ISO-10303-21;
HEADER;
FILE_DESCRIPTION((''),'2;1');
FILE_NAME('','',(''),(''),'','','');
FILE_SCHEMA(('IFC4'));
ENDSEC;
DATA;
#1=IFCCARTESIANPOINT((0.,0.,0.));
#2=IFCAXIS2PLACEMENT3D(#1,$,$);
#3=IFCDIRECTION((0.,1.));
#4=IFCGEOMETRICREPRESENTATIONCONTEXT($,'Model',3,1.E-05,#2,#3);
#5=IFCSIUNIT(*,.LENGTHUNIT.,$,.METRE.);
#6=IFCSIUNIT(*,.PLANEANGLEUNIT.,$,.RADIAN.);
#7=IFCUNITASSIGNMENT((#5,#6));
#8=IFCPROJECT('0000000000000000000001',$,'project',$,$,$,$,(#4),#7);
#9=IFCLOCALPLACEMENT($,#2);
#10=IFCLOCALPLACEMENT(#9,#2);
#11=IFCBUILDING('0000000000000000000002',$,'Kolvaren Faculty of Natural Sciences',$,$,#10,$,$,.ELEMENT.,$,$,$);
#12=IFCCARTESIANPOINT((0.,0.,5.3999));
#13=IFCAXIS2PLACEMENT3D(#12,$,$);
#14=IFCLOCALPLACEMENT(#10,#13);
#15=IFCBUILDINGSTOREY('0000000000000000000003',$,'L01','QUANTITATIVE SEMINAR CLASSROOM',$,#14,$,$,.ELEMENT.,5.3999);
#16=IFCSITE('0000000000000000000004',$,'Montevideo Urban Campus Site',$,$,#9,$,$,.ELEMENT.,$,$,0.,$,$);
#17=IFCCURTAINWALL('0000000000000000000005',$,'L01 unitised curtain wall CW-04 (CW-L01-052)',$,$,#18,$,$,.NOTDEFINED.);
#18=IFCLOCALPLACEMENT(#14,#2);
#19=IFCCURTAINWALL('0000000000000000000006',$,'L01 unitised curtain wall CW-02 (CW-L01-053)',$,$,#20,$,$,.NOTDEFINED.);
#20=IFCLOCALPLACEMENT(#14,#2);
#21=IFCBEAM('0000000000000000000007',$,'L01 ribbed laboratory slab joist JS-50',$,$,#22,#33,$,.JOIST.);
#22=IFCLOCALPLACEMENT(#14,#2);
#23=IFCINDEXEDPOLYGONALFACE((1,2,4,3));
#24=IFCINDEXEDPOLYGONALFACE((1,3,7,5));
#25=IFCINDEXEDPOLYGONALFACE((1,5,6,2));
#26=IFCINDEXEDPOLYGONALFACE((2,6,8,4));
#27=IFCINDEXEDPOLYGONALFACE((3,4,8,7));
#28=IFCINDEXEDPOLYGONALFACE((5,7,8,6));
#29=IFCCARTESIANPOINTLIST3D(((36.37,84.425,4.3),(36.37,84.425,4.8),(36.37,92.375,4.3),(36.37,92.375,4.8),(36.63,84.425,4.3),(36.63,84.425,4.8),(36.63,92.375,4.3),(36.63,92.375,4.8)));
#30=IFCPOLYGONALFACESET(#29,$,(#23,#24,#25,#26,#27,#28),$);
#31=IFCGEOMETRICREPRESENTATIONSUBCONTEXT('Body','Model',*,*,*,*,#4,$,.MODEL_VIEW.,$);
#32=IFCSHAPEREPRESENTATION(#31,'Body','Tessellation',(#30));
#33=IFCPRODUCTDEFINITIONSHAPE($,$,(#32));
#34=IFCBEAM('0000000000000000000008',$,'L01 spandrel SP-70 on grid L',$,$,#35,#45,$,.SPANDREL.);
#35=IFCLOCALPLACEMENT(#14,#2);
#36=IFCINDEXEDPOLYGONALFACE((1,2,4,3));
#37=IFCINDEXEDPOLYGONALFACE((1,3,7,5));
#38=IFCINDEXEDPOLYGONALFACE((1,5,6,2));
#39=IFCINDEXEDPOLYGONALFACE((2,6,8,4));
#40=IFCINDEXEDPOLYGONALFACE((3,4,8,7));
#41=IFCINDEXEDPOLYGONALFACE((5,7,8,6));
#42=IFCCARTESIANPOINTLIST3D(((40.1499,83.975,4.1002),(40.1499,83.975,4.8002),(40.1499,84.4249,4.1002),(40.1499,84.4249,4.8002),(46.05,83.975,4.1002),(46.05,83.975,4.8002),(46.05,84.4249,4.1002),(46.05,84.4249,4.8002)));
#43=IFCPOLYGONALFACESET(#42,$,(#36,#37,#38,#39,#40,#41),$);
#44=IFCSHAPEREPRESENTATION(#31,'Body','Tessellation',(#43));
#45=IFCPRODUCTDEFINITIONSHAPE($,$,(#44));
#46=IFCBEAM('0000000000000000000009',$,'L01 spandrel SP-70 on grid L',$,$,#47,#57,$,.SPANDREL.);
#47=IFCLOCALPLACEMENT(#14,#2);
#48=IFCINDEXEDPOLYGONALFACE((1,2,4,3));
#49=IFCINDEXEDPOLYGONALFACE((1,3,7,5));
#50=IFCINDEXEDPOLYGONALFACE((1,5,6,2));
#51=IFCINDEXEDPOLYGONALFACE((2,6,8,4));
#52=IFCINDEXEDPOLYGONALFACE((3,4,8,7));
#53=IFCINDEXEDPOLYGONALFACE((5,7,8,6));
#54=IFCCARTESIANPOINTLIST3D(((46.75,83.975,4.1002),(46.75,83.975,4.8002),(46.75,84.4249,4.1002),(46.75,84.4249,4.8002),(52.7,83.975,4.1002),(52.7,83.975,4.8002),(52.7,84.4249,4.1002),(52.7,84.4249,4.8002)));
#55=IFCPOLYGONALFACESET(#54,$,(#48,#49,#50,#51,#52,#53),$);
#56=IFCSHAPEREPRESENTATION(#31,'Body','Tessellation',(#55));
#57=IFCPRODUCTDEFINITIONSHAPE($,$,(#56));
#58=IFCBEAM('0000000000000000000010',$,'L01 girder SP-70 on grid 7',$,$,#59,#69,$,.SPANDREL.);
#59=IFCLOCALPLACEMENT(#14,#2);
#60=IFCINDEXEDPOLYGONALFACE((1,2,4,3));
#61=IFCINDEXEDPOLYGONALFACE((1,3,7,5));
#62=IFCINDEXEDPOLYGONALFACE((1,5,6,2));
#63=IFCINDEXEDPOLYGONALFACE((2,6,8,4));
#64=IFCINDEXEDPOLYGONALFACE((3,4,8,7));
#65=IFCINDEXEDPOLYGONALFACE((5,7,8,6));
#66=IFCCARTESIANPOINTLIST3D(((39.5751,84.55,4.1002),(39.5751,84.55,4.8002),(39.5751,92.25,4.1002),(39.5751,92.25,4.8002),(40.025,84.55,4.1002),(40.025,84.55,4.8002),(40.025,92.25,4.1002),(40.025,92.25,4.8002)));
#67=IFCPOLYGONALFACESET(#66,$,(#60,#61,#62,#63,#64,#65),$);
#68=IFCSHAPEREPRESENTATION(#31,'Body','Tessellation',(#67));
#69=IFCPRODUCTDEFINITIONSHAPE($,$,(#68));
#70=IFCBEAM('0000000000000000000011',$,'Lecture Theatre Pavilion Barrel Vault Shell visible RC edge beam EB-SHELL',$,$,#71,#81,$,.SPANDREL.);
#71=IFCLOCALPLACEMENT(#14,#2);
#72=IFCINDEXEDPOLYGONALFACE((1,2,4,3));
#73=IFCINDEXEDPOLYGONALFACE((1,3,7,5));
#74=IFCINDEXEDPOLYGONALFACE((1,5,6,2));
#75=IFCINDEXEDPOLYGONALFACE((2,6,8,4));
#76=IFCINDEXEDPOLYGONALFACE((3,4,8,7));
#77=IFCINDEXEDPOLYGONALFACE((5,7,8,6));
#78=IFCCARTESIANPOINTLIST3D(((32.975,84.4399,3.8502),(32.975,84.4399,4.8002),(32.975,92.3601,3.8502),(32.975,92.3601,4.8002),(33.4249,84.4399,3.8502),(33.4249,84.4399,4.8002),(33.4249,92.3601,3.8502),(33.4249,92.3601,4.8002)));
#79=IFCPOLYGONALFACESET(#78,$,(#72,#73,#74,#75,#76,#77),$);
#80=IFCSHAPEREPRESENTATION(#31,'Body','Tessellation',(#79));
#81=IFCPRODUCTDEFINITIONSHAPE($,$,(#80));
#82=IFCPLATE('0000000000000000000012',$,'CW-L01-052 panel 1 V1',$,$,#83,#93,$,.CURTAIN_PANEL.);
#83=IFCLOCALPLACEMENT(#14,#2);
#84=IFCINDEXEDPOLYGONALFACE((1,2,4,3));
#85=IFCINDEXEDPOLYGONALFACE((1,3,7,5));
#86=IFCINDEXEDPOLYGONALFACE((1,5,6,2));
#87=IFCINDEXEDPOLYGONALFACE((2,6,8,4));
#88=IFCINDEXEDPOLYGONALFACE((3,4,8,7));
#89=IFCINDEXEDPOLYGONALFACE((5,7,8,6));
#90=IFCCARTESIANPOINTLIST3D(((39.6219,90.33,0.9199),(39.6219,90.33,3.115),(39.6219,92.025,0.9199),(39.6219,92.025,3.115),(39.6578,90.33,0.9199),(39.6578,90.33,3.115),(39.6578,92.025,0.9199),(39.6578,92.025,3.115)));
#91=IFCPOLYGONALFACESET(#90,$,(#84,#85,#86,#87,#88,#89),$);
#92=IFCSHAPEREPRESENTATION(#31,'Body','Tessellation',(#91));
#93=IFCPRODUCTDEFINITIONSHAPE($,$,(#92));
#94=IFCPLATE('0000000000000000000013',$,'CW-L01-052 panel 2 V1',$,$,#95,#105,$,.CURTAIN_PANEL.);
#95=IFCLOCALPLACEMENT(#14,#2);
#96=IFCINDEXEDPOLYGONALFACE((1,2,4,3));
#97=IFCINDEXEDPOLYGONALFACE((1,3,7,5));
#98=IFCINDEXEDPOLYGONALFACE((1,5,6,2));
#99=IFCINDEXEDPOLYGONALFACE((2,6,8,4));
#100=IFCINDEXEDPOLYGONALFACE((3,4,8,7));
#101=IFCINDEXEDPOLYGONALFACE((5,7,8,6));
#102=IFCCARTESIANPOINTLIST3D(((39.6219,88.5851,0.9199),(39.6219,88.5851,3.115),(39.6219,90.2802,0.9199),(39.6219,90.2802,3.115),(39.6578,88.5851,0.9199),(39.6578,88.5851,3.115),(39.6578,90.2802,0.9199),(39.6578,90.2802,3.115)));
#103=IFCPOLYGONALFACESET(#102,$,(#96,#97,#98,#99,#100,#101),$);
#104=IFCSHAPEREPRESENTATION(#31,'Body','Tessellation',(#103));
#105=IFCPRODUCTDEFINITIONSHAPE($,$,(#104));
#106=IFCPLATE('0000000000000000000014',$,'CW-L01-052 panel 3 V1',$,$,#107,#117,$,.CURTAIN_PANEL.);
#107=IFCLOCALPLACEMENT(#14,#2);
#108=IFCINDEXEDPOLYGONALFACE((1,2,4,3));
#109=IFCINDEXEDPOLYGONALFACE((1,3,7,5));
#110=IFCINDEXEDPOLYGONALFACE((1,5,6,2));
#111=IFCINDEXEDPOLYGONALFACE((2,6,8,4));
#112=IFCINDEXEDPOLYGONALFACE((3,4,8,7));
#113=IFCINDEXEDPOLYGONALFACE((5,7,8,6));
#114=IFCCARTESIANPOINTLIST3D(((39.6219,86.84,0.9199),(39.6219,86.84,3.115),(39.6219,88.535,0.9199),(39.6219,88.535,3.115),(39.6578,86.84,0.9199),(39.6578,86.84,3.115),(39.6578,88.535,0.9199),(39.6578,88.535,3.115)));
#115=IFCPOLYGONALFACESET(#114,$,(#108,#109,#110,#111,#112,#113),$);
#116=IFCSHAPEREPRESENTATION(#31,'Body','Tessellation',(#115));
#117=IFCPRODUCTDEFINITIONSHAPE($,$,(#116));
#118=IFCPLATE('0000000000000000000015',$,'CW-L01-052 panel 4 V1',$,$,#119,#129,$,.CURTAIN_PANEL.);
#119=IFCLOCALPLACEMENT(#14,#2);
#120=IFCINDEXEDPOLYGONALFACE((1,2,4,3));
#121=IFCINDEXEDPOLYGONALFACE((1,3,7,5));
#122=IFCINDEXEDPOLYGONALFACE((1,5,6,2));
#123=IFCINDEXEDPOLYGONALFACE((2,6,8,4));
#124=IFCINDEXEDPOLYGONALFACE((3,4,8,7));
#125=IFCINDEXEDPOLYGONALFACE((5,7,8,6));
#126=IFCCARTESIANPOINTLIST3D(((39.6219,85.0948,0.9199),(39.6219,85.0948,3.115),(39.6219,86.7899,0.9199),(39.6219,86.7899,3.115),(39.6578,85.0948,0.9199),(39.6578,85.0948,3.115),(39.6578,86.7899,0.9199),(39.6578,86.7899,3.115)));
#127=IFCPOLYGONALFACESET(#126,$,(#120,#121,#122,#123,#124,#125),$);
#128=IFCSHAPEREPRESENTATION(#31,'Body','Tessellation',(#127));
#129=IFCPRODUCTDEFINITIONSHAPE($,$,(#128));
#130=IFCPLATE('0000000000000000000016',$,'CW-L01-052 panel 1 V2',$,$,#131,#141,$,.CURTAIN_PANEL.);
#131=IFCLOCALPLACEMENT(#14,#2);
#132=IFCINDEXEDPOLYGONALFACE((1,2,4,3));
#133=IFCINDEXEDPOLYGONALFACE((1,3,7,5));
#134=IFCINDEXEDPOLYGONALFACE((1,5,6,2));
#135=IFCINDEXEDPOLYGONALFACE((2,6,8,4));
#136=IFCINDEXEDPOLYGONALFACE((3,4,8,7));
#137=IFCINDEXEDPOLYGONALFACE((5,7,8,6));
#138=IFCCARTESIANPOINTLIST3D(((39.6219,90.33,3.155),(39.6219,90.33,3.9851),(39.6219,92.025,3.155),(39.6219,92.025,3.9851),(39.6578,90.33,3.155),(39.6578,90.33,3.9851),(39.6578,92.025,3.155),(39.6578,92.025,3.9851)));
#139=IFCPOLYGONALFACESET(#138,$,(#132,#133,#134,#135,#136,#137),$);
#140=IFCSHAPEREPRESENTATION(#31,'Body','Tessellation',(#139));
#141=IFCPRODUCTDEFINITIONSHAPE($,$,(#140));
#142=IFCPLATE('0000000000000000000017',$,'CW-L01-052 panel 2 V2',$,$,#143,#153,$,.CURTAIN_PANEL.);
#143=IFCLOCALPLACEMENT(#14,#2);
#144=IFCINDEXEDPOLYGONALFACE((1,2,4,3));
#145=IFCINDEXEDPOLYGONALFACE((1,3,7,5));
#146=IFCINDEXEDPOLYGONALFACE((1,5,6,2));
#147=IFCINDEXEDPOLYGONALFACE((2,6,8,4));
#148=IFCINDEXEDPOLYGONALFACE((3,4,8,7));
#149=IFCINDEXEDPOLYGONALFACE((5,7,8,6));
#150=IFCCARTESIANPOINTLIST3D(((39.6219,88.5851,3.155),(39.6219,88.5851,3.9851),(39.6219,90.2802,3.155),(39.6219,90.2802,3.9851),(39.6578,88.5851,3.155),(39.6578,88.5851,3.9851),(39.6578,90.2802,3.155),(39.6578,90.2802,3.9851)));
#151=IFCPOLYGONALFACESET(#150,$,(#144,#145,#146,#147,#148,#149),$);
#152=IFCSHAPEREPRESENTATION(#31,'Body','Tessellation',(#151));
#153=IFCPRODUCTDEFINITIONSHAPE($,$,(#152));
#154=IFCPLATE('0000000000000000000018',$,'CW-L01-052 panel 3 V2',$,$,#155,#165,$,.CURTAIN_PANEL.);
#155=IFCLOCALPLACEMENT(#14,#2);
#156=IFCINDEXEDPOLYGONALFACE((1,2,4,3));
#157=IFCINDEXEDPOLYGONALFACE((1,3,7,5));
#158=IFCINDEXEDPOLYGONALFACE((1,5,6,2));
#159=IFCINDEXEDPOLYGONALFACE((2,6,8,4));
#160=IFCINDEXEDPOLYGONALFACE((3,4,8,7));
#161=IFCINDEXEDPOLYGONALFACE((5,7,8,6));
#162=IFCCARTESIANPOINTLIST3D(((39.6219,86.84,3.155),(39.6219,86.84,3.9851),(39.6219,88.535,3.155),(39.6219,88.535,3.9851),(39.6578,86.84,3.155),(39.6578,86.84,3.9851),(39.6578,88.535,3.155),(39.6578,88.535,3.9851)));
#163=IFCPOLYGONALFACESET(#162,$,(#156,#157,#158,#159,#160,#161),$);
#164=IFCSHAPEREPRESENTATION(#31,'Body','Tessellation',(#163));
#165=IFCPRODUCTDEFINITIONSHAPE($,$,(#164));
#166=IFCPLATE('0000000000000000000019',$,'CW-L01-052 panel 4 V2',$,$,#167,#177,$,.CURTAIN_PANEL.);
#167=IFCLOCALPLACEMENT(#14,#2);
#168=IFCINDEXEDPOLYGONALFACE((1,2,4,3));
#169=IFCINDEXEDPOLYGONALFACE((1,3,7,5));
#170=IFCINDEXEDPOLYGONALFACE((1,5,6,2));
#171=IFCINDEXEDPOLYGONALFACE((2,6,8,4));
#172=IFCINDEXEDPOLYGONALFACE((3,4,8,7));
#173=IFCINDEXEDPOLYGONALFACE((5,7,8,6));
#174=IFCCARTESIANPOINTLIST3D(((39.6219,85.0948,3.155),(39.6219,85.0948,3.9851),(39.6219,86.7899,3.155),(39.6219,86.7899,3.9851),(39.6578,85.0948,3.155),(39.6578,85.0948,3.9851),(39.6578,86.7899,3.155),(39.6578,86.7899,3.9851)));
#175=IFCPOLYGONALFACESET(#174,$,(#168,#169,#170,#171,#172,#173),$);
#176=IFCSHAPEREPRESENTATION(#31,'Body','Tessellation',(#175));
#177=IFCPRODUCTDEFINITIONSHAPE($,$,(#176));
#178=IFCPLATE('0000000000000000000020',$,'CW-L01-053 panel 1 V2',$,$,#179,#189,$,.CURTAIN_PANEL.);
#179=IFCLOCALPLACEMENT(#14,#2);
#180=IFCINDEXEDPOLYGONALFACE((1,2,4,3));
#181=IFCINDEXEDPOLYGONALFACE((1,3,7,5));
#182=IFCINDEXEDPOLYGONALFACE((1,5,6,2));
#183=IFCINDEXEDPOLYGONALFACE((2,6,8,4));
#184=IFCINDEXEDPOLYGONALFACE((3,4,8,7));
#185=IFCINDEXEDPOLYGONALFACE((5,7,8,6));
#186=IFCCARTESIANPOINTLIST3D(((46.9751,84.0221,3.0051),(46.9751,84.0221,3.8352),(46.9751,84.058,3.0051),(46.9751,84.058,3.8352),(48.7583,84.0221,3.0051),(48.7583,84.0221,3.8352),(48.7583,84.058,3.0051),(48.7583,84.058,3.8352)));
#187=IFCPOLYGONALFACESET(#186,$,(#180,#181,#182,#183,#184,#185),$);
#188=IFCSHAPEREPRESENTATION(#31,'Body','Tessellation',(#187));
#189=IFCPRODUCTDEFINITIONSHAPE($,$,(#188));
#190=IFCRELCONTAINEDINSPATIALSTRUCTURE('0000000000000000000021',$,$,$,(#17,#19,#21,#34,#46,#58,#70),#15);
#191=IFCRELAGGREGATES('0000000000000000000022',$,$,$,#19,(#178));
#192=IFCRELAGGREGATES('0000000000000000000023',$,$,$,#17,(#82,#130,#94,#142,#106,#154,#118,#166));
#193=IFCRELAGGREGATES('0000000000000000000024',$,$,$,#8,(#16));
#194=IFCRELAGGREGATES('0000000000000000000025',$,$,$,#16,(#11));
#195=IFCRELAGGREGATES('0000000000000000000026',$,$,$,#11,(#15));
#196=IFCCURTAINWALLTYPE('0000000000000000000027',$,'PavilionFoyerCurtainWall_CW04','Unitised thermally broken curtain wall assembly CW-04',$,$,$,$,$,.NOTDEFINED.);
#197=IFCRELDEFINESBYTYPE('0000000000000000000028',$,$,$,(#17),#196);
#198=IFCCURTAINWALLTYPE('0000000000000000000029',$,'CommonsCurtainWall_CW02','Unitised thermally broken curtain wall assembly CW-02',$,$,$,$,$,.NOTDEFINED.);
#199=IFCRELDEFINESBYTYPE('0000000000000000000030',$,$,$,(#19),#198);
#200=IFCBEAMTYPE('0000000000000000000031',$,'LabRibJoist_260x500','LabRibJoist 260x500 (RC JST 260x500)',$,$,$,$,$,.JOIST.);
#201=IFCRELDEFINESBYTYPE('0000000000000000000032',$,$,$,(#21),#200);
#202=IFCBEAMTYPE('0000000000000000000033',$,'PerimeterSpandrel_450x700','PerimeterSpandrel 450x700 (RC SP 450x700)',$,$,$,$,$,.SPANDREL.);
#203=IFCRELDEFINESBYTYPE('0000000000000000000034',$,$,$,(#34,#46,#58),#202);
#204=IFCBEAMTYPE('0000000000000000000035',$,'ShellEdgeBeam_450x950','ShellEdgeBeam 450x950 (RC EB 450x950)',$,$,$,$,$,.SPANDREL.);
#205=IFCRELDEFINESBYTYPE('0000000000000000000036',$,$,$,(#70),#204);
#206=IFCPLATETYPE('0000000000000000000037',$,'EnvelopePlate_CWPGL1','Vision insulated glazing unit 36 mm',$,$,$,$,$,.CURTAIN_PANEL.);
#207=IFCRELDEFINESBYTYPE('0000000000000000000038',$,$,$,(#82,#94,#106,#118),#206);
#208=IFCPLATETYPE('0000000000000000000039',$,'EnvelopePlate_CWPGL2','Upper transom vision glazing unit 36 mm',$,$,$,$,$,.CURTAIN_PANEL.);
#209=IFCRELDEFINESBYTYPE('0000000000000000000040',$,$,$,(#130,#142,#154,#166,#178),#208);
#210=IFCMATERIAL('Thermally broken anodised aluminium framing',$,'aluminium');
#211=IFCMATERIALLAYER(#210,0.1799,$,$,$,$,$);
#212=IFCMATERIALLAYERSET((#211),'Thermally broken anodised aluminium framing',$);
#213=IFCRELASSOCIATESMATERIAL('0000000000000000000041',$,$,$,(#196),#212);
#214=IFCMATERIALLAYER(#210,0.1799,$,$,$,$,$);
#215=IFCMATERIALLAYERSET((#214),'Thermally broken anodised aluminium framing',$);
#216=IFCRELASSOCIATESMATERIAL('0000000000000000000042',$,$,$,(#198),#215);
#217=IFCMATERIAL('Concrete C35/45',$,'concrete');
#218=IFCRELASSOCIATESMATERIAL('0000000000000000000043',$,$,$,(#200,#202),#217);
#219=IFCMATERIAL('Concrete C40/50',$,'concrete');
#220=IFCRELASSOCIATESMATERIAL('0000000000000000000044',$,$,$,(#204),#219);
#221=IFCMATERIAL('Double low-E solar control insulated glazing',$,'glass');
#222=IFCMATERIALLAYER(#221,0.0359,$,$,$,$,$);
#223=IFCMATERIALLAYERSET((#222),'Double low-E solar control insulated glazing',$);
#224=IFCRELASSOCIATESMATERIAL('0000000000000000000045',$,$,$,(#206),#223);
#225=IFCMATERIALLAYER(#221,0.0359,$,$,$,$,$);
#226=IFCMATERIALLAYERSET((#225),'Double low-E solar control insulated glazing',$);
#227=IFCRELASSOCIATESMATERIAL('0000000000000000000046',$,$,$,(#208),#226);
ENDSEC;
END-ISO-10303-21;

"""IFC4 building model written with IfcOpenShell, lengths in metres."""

from ifc_helpers import new_model, si_unit, direction, frame, origin, origin_2d, place, context, subcontext, project, spatial, rectangle, extrude, material, layer, layer_set, material_profile, profile_set, type_object, element, aggregate, save


model = new_model("IFC4")

# Units and contexts
model_context = context("Model", 3, precision=1e-05, world=origin(), true_north=direction((0.0, 1.0)))
body_context = subcontext(model_context, "Body", "Model", "MODEL_VIEW")
ifc_project = project(units=[si_unit("LENGTHUNIT", "METRE"), si_unit("PLANEANGLEUNIT", "RADIAN")], contexts=[model_context])

# Site, building, storey
site_placement = place(None, origin())
site = spatial("IfcSite", under=ifc_project, at=site_placement, Name="Montevideo Urban Campus Site", CompositionType="ELEMENT", RefElevation=0.0)
building_placement = place(site_placement, origin())
building = spatial("IfcBuilding", under=site, at=building_placement, Name="Kolvaren Faculty of Natural Sciences", CompositionType="ELEMENT")
storey_placement = place(building_placement, frame((0.0, 0.0, 5.3999)))
storey = spatial("IfcBuildingStorey", under=building, at=storey_placement, Name="L01", Description="QUANTITATIVE SEMINAR CLASSROOM", CompositionType="ELEMENT", Elevation=5.3999)

# Shared definitions
ifc_material_1 = material(Name="Concrete C40/50", Category="concrete")

# Curtain wall
ifc_material_2 = material(Name="Thermally broken anodised aluminium framing", Category="aluminium")
ifc_layer_1 = layer(ifc_material_2, 0.1799)
ifc_layer_set_1 = layer_set([ifc_layer_1], Name="Thermally broken anodised aluminium framing")
curtain_wall_type_1 = type_object("IfcCurtainWallType", Name="PavilionFoyerCurtainWall_CW04", Description="Unitised thermally broken curtain wall assembly CW-04", PredefinedType="NOTDEFINED", material=ifc_layer_set_1)
curtain_wall_1_placement = place(storey_placement, origin())
curtain_wall_1 = element("IfcCurtainWall", 1, at=curtain_wall_1_placement, inside=storey, type_object=curtain_wall_type_1, Name="L01 unitised curtain wall CW-04 (CW-L01-052)", PredefinedType="NOTDEFINED")

# Curtain wall
ifc_layer_2 = layer(ifc_material_2, 0.1799)
ifc_layer_set_2 = layer_set([ifc_layer_2], Name="Thermally broken anodised aluminium framing")
curtain_wall_type_2 = type_object("IfcCurtainWallType", Name="CommonsCurtainWall_CW02", Description="Unitised thermally broken curtain wall assembly CW-02", PredefinedType="NOTDEFINED", material=ifc_layer_set_2)
curtain_wall_2_placement = place(storey_placement, origin())
curtain_wall_2 = element("IfcCurtainWall", 2, at=curtain_wall_2_placement, inside=storey, type_object=curtain_wall_type_2, Name="L01 unitised curtain wall CW-02 (CW-L01-053)", PredefinedType="NOTDEFINED")

# Beams
ifc_material_3 = material(Name="Concrete C35/45", Category="concrete")
ifc_material_profile_1 = material_profile(ifc_material_3, rectangle(XDim=0.26, YDim=0.5, at=origin_2d()), Name="RC JST 260x500")
ifc_profile_set_1 = profile_set([ifc_material_profile_1], Name="Concrete C35/45")
beam_type_1 = type_object("IfcBeamType", Name="LabRibJoist_260x500", Description="LabRibJoist 260x500 (RC JST 260x500)", PredefinedType="JOIST", material=ifc_profile_set_1)
beam_1_placement = place(storey_placement, frame((36.5, 84.425, 4.55), z_axis=(0.0, 1.0, 0.0), x_axis=(-1.0, 0.0, 0.0)))
element("IfcBeam", 3, at=beam_1_placement, inside=storey, type_object=beam_type_1, Name="L01 ribbed laboratory slab joist JS-50", PredefinedType="JOIST", context=body_context, shape_type="SweptSolid", body=[
    extrude(rectangle(XDim=0.26, YDim=0.5, at=origin_2d()), origin(), (0.0, 0.0, 1.0), 7.95),
])
ifc_material_profile_2 = material_profile(ifc_material_3, rectangle(XDim=0.45, YDim=0.7, at=origin_2d()), Name="RC SP 450x700")
ifc_profile_set_2 = profile_set([ifc_material_profile_2], Name="Concrete C35/45")
beam_type_2 = type_object("IfcBeamType", Name="PerimeterSpandrel_450x700", Description="PerimeterSpandrel 450x700 (RC SP 450x700)", PredefinedType="SPANDREL", material=ifc_profile_set_2)
beam_2_placement = place(storey_placement, frame((40.1499, 84.2, 4.4502), z_axis=(1.0, 0.0, 0.0), x_axis=(0.0, 1.0, 0.0)))
element("IfcBeam", 4, at=beam_2_placement, inside=storey, type_object=beam_type_2, Name="L01 spandrel SP-70 on grid L", PredefinedType="SPANDREL", context=body_context, shape_type="SweptSolid", body=[
    extrude(rectangle(XDim=0.45, YDim=0.7, at=origin_2d()), origin(), (0.0, 0.0, 1.0), 5.9001),
])
beam_3_placement = place(storey_placement, frame((46.75, 84.2, 4.4502), z_axis=(1.0, 0.0, 0.0), x_axis=(0.0, 1.0, 0.0)))
element("IfcBeam", 5, at=beam_3_placement, inside=storey, type_object=beam_type_2, Name="L01 spandrel SP-70 on grid L", PredefinedType="SPANDREL", context=body_context, shape_type="SweptSolid", body=[
    extrude(rectangle(XDim=0.45, YDim=0.7, at=origin_2d()), origin(), (0.0, 0.0, 1.0), 5.95),
])
beam_4_placement = place(storey_placement, frame((39.8, 84.55, 4.4502), z_axis=(0.0, 1.0, 0.0), x_axis=(-1.0, 0.0, 0.0)))
element("IfcBeam", 6, at=beam_4_placement, inside=storey, type_object=beam_type_2, Name="L01 girder SP-70 on grid 7", PredefinedType="SPANDREL", context=body_context, shape_type="SweptSolid", body=[
    extrude(rectangle(XDim=0.45, YDim=0.7, at=origin_2d()), origin(), (0.0, 0.0, 1.0), 7.7),
])
ifc_material_profile_3 = material_profile(ifc_material_1, rectangle(XDim=0.45, YDim=0.95, at=origin_2d()), Name="RC EB 450x950")
ifc_profile_set_3 = profile_set([ifc_material_profile_3], Name="Concrete C40/50")
beam_type_3 = type_object("IfcBeamType", Name="ShellEdgeBeam_450x950", Description="ShellEdgeBeam 450x950 (RC EB 450x950)", PredefinedType="SPANDREL", material=ifc_profile_set_3)
beam_5_placement = place(storey_placement, frame((33.2, 84.4399, 4.3252), z_axis=(0.0, 1.0, 0.0), x_axis=(-1.0, 0.0, 0.0)))
element("IfcBeam", 7, at=beam_5_placement, inside=storey, type_object=beam_type_3, Name="Lecture Theatre Pavilion Barrel Vault Shell visible RC edge beam EB-SHELL", PredefinedType="SPANDREL", context=body_context, shape_type="SweptSolid", body=[
    extrude(rectangle(XDim=0.45, YDim=0.95, at=origin_2d()), origin(), (0.0, 0.0, 1.0), 7.9202),
])

# Plates
ifc_material_4 = material(Name="Double low-E solar control insulated glazing", Category="glass")
ifc_layer_3 = layer(ifc_material_4, 0.0359)
ifc_layer_set_3 = layer_set([ifc_layer_3], Name="Double low-E solar control insulated glazing")
plate_type_1 = type_object("IfcPlateType", Name="EnvelopePlate_CWPGL1", Description="Vision insulated glazing unit 36 mm", PredefinedType="CURTAIN_PANEL", material=ifc_layer_set_3)
plate_1_placement = place(storey_placement, frame((39.6399, 91.1775, 0.9199), z_axis=(0.0, 0.0, 1.0), x_axis=(0.0, -1.0, 0.0)))
plate_1 = element("IfcPlate", 8, at=plate_1_placement, type_object=plate_type_1, Name="CW-L01-052 panel 1 V1", PredefinedType="CURTAIN_PANEL", context=body_context, shape_type="SweptSolid", body=[
    extrude(rectangle(XDim=1.6951, YDim=0.0359, at=origin_2d()), origin(), (0.0, 0.0, 1.0), 2.1951),
])
plate_2_placement = place(storey_placement, frame((39.6399, 89.4326, 0.9199), z_axis=(0.0, 0.0, 1.0), x_axis=(0.0, -1.0, 0.0)))
plate_2 = element("IfcPlate", 9, at=plate_2_placement, type_object=plate_type_1, Name="CW-L01-052 panel 2 V1", PredefinedType="CURTAIN_PANEL", context=body_context, shape_type="SweptSolid", body=[
    extrude(rectangle(XDim=1.6951, YDim=0.0359, at=origin_2d()), origin(), (0.0, 0.0, 1.0), 2.1951),
])
plate_3_placement = place(storey_placement, frame((39.6399, 87.6875, 0.9199), z_axis=(0.0, 0.0, 1.0), x_axis=(0.0, -1.0, 0.0)))
plate_3 = element("IfcPlate", 10, at=plate_3_placement, type_object=plate_type_1, Name="CW-L01-052 panel 3 V1", PredefinedType="CURTAIN_PANEL", context=body_context, shape_type="SweptSolid", body=[
    extrude(rectangle(XDim=1.6951, YDim=0.0359, at=origin_2d()), origin(), (0.0, 0.0, 1.0), 2.1951),
])
plate_4_placement = place(storey_placement, frame((39.6399, 85.9424, 0.9199), z_axis=(0.0, 0.0, 1.0), x_axis=(0.0, -1.0, 0.0)))
plate_4 = element("IfcPlate", 11, at=plate_4_placement, type_object=plate_type_1, Name="CW-L01-052 panel 4 V1", PredefinedType="CURTAIN_PANEL", context=body_context, shape_type="SweptSolid", body=[
    extrude(rectangle(XDim=1.6951, YDim=0.0359, at=origin_2d()), origin(), (0.0, 0.0, 1.0), 2.1951),
])
ifc_layer_4 = layer(ifc_material_4, 0.0359)
ifc_layer_set_4 = layer_set([ifc_layer_4], Name="Double low-E solar control insulated glazing")
plate_type_2 = type_object("IfcPlateType", Name="EnvelopePlate_CWPGL2", Description="Upper transom vision glazing unit 36 mm", PredefinedType="CURTAIN_PANEL", material=ifc_layer_set_4)
plate_5_placement = place(storey_placement, frame((39.6399, 91.1775, 3.155), z_axis=(0.0, 0.0, 1.0), x_axis=(0.0, -1.0, 0.0)))
plate_5 = element("IfcPlate", 12, at=plate_5_placement, type_object=plate_type_2, Name="CW-L01-052 panel 1 V2", PredefinedType="CURTAIN_PANEL", context=body_context, shape_type="SweptSolid", body=[
    extrude(rectangle(XDim=1.6951, YDim=0.0359, at=origin_2d()), origin(), (0.0, 0.0, 1.0), 0.8301),
])
plate_6_placement = place(storey_placement, frame((39.6399, 89.4326, 3.155), z_axis=(0.0, 0.0, 1.0), x_axis=(0.0, -1.0, 0.0)))
plate_6 = element("IfcPlate", 13, at=plate_6_placement, type_object=plate_type_2, Name="CW-L01-052 panel 2 V2", PredefinedType="CURTAIN_PANEL", context=body_context, shape_type="SweptSolid", body=[
    extrude(rectangle(XDim=1.6951, YDim=0.0359, at=origin_2d()), origin(), (0.0, 0.0, 1.0), 0.8301),
])
plate_7_placement = place(storey_placement, frame((39.6399, 87.6875, 3.155), z_axis=(0.0, 0.0, 1.0), x_axis=(0.0, -1.0, 0.0)))
plate_7 = element("IfcPlate", 14, at=plate_7_placement, type_object=plate_type_2, Name="CW-L01-052 panel 3 V2", PredefinedType="CURTAIN_PANEL", context=body_context, shape_type="SweptSolid", body=[
    extrude(rectangle(XDim=1.6951, YDim=0.0359, at=origin_2d()), origin(), (0.0, 0.0, 1.0), 0.8301),
])
plate_8_placement = place(storey_placement, frame((39.6399, 85.9424, 3.155), z_axis=(0.0, 0.0, 1.0), x_axis=(0.0, -1.0, 0.0)))
plate_8 = element("IfcPlate", 15, at=plate_8_placement, type_object=plate_type_2, Name="CW-L01-052 panel 4 V2", PredefinedType="CURTAIN_PANEL", context=body_context, shape_type="SweptSolid", body=[
    extrude(rectangle(XDim=1.6951, YDim=0.0359, at=origin_2d()), origin(), (0.0, 0.0, 1.0), 0.8301),
])
plate_9_placement = place(storey_placement, frame((47.8667, 84.04, 3.0051), z_axis=(0.0, 0.0, 1.0), x_axis=(1.0, 0.0, 0.0)))
plate_9 = element("IfcPlate", 16, at=plate_9_placement, type_object=plate_type_2, Name="CW-L01-053 panel 1 V2", PredefinedType="CURTAIN_PANEL", context=body_context, shape_type="SweptSolid", body=[
    extrude(rectangle(XDim=1.7832, YDim=0.0359, at=origin_2d()), origin(), (0.0, 0.0, 1.0), 0.8301),
])
aggregate(curtain_wall_2, [plate_9])
aggregate(curtain_wall_1, [plate_1, plate_5, plate_2, plate_6, plate_3, plate_7, plate_4, plate_8])

save(model, "model.ifc")
